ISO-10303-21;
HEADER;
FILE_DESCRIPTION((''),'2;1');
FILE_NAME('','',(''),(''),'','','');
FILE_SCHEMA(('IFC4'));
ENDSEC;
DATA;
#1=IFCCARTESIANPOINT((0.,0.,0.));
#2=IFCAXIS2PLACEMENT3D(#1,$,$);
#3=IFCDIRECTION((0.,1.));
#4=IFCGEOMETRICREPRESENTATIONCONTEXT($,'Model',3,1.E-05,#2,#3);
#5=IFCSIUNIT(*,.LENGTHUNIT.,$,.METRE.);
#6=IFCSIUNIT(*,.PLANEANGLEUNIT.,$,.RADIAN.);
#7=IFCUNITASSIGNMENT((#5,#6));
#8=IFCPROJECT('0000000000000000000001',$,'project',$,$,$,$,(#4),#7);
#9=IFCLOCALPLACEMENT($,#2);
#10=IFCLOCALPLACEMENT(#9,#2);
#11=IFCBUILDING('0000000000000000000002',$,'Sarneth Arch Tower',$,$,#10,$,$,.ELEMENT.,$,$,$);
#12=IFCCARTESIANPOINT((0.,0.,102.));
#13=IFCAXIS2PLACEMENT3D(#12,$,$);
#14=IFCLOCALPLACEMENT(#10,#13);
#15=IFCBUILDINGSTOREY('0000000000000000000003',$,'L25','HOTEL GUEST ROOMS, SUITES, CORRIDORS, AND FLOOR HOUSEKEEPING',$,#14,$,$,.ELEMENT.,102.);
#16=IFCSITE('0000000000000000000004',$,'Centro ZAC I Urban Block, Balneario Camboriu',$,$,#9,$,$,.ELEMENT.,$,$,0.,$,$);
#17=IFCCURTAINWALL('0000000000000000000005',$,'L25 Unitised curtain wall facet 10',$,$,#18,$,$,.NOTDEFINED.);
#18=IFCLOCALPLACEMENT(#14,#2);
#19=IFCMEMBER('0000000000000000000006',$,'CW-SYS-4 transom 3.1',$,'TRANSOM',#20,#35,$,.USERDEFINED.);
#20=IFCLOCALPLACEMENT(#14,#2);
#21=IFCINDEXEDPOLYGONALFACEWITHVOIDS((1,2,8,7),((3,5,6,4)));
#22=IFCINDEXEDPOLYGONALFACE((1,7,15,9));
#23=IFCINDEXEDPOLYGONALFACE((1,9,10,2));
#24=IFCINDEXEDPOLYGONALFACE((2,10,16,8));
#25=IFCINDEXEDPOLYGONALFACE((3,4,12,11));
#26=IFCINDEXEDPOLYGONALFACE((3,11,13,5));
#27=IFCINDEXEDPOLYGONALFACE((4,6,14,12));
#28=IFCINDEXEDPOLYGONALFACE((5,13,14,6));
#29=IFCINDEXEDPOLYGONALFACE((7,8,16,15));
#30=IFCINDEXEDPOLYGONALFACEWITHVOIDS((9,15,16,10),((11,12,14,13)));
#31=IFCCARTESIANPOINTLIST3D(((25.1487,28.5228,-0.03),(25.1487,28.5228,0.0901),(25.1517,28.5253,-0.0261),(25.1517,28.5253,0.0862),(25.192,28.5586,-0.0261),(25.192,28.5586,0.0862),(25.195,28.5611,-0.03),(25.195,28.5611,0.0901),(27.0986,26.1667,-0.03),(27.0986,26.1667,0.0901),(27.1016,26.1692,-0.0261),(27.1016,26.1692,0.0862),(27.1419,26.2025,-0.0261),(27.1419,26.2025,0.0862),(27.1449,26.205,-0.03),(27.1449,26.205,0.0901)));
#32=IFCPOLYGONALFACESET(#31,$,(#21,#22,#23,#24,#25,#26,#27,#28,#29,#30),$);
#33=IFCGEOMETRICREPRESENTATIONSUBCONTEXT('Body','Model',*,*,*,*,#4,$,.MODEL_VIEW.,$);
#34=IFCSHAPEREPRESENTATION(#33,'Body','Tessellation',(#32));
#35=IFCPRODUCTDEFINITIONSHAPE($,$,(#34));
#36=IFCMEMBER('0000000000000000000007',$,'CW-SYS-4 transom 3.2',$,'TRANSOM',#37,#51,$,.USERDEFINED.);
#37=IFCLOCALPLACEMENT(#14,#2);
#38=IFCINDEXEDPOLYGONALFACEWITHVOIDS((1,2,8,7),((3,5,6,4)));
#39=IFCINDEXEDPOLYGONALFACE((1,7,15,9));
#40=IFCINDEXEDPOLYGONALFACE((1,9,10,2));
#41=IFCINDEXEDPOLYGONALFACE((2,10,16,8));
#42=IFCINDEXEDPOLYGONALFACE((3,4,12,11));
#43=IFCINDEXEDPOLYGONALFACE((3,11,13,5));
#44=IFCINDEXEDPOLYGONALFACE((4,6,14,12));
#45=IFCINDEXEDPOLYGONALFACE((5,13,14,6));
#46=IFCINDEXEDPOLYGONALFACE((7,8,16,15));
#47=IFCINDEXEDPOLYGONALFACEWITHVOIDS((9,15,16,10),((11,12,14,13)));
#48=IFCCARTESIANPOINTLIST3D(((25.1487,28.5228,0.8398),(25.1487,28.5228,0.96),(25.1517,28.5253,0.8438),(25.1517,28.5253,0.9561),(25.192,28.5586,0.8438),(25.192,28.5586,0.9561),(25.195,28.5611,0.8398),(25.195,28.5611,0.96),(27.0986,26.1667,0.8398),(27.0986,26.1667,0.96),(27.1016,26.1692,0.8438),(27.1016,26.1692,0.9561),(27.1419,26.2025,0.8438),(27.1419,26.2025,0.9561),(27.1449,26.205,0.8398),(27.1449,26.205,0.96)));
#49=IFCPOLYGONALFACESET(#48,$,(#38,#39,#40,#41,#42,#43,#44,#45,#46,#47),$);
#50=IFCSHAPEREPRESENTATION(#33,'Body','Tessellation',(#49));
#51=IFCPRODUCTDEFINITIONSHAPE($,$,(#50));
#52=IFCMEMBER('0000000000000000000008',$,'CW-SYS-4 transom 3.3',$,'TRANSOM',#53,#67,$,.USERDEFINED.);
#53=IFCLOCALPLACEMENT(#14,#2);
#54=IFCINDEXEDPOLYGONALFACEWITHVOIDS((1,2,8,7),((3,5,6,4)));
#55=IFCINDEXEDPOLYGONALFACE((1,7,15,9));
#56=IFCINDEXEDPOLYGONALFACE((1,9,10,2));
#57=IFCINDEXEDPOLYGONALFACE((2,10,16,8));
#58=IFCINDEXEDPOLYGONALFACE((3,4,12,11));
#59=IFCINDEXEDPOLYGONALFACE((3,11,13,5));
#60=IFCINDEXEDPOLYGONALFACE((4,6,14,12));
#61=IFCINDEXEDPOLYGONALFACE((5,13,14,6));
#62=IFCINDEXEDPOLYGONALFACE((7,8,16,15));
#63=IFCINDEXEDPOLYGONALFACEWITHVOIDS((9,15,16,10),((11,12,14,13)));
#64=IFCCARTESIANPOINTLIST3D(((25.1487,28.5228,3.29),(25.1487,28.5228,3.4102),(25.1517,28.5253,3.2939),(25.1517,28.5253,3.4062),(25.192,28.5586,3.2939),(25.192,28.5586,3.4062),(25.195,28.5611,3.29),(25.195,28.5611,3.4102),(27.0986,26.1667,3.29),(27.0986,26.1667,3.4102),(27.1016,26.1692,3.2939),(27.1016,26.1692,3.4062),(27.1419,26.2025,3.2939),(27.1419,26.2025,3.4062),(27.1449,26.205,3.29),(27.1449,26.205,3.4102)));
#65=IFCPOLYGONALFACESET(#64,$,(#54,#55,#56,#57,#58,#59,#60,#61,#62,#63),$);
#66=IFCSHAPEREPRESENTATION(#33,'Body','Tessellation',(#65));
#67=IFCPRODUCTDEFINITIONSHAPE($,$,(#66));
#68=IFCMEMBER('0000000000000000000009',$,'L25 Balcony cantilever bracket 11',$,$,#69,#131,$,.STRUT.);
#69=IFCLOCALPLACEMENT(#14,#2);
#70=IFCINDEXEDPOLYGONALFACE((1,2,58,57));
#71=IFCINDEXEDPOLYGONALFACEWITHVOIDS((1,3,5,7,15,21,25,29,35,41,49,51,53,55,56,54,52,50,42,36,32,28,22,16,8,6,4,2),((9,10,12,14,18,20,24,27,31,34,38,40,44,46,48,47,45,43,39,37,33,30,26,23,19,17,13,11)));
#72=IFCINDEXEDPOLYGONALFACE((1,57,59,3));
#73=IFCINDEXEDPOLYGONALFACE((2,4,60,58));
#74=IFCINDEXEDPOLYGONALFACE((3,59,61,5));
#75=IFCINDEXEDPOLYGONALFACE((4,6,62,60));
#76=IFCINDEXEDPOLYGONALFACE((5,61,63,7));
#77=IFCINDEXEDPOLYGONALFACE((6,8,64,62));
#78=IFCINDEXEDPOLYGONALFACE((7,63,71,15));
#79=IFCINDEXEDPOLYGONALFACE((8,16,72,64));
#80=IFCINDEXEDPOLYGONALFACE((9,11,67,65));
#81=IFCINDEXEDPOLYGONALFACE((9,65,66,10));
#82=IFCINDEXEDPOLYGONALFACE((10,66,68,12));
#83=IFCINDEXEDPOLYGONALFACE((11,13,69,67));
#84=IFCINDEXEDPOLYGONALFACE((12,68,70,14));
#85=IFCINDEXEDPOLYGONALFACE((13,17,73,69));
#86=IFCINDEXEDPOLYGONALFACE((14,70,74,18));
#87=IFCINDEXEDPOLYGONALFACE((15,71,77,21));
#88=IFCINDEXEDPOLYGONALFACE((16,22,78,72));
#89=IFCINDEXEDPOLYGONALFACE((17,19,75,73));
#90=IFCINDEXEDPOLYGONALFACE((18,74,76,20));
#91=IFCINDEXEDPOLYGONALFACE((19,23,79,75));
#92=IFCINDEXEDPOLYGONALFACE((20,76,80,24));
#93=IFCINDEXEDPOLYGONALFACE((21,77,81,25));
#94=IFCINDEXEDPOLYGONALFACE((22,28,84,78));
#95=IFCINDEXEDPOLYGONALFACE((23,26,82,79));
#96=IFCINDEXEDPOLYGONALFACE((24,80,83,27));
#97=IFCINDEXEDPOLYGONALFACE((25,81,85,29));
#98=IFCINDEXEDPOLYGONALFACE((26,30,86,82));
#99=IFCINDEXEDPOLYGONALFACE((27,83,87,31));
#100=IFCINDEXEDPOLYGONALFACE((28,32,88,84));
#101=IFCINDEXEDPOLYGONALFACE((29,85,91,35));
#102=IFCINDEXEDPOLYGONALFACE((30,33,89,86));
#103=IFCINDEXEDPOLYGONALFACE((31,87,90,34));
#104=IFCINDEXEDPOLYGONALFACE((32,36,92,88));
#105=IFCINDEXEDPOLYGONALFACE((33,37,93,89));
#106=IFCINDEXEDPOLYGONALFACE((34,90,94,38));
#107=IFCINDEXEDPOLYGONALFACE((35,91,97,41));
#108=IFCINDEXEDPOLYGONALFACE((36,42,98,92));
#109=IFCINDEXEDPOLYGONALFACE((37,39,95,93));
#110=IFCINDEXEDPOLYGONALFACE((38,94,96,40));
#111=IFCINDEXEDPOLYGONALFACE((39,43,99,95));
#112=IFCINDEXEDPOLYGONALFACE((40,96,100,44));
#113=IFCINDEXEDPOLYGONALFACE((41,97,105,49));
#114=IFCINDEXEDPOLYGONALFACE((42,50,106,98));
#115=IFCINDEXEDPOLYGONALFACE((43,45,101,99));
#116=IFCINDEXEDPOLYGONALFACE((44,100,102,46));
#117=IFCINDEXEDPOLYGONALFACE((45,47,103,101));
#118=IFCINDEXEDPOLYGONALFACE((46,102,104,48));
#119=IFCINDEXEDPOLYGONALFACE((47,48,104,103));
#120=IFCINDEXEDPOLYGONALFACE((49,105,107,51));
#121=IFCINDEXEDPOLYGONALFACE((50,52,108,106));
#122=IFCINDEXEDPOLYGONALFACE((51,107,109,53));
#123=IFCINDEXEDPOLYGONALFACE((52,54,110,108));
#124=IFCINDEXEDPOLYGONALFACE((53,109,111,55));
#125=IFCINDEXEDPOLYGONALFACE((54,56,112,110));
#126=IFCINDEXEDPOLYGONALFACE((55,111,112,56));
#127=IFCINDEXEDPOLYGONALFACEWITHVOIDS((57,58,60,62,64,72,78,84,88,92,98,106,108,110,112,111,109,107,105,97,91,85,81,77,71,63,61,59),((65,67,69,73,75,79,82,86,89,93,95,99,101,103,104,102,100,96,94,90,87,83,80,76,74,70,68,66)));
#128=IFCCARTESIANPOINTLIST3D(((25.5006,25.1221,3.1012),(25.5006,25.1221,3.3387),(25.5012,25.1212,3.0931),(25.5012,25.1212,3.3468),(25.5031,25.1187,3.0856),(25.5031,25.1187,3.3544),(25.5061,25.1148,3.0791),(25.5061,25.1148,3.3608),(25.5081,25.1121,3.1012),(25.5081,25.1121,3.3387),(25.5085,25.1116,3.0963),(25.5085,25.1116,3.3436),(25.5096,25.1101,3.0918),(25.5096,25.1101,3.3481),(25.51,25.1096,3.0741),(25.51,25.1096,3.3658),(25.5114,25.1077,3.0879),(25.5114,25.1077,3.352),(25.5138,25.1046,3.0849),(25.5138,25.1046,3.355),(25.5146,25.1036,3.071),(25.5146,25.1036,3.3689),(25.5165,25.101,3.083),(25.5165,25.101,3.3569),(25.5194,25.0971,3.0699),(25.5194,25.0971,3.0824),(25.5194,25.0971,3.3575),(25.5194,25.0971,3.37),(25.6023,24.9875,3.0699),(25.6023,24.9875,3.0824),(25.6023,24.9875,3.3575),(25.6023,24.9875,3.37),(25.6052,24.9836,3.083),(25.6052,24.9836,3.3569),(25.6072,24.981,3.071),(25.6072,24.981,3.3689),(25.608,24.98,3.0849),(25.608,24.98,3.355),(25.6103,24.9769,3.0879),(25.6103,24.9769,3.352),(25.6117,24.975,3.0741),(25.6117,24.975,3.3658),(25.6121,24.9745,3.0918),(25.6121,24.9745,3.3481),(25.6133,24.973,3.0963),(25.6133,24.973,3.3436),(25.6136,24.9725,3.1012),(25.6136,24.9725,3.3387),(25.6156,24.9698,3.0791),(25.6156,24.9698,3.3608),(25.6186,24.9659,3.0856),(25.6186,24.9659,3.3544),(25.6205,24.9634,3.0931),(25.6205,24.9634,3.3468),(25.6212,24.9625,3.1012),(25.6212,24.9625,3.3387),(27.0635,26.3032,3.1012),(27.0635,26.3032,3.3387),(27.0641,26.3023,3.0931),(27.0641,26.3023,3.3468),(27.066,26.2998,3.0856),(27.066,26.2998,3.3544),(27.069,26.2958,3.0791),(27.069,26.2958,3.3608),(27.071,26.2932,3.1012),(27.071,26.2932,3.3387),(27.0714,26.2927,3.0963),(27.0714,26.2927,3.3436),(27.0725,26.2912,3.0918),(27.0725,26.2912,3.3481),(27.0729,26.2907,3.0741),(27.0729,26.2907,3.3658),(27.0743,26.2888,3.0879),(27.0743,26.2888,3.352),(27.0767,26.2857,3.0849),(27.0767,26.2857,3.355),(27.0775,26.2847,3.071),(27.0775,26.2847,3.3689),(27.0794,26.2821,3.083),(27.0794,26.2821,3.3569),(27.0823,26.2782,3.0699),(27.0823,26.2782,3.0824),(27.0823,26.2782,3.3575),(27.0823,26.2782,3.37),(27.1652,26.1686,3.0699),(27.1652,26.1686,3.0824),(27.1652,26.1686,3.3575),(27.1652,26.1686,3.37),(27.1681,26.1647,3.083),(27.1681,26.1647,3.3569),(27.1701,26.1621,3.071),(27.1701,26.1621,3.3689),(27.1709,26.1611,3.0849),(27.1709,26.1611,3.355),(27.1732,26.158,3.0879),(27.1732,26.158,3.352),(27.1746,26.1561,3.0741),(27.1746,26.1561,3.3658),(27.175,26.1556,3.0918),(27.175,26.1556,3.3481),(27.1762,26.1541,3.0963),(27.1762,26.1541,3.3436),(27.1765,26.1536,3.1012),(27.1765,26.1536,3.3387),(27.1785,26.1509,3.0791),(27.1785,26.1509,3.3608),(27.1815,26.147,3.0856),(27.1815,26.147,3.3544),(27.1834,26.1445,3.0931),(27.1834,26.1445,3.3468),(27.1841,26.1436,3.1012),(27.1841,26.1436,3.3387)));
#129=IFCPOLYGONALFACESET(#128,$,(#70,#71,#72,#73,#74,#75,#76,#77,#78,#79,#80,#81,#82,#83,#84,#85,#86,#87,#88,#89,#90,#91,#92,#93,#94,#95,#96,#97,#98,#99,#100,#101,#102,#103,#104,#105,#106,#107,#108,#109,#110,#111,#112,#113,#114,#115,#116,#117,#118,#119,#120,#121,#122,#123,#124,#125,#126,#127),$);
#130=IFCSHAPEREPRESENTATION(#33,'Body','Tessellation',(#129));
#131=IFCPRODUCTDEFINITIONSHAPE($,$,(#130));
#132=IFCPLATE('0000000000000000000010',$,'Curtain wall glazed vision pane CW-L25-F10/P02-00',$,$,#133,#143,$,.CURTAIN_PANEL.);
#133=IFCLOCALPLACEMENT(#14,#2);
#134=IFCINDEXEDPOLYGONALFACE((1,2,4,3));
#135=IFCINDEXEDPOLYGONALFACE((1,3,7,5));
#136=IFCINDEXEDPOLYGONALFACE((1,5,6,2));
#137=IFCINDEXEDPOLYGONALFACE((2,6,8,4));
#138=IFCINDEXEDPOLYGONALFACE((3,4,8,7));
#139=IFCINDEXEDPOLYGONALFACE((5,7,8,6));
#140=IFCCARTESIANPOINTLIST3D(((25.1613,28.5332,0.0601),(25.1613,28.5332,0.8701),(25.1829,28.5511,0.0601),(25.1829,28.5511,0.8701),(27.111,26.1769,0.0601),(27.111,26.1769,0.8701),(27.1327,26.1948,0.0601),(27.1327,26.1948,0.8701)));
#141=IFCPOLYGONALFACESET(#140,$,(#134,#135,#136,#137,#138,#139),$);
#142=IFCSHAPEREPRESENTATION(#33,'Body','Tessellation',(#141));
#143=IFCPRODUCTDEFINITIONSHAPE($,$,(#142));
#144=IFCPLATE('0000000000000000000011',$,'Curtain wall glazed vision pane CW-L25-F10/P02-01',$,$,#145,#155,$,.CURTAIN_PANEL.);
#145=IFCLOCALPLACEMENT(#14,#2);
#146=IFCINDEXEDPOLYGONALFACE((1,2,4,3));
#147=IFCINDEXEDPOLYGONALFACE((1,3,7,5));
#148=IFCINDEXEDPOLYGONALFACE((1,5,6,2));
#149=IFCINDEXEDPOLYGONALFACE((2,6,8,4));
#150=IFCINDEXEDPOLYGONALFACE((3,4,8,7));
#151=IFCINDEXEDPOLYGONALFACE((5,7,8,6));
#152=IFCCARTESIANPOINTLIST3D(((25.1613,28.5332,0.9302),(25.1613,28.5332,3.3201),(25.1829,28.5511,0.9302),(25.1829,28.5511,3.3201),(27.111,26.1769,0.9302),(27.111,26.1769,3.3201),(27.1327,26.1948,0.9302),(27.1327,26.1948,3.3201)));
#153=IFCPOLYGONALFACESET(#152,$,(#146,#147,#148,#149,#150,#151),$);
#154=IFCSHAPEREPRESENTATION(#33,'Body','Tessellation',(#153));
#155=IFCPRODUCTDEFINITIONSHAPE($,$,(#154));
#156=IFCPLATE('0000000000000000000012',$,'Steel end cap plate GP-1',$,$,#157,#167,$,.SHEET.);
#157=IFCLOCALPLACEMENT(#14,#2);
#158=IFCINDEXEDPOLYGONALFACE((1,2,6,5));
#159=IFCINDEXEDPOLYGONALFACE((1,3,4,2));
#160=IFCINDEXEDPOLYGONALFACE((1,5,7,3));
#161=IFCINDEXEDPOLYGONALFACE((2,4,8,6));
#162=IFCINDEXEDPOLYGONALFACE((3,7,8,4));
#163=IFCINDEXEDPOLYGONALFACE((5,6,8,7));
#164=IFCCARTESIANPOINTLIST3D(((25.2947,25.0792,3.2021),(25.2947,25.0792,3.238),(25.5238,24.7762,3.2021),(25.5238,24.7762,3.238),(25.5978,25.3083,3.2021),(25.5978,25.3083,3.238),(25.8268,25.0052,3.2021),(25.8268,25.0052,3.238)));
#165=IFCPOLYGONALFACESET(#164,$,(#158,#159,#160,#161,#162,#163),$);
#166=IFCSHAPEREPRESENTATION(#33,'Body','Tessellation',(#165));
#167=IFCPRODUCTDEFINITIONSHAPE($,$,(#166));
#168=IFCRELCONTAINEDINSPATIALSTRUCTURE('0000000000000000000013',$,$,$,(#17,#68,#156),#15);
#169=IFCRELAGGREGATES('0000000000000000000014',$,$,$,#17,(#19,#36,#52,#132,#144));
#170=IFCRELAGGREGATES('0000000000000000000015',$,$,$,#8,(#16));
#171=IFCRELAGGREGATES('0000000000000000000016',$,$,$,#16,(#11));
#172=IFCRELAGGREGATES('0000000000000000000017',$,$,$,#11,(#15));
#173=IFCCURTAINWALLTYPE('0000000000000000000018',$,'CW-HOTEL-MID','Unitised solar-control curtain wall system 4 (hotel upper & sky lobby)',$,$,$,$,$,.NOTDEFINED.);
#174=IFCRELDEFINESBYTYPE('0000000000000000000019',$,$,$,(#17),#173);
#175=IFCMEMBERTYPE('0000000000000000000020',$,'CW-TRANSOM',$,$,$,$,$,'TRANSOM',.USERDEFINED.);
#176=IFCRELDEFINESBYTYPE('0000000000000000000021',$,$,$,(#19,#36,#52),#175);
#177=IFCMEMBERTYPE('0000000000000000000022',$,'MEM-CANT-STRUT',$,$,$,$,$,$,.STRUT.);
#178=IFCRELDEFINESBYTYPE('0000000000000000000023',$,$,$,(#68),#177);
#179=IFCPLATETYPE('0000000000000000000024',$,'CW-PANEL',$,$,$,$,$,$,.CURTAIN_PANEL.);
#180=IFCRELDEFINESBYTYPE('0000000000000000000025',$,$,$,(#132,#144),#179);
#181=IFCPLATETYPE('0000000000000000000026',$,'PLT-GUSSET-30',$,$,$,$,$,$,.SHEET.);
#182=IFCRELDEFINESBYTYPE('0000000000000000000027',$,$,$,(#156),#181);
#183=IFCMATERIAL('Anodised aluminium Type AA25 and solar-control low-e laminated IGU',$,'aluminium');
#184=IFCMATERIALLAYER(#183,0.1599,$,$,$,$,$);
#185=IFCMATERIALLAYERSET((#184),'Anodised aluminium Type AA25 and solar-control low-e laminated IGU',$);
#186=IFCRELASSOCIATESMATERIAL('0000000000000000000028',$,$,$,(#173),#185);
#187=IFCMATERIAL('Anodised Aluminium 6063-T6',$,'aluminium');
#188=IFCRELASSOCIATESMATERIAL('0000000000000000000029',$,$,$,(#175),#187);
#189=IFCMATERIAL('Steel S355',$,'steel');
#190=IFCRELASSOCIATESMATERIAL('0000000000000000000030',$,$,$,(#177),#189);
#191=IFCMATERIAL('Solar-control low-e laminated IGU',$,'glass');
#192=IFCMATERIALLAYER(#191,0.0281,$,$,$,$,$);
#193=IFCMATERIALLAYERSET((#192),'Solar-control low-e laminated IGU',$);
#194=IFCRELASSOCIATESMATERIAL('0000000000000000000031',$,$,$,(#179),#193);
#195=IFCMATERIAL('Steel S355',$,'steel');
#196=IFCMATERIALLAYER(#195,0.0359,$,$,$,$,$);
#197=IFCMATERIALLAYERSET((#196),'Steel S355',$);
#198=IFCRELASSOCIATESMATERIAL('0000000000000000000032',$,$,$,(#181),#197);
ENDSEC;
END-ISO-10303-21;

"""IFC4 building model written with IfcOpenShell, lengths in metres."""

from ifc_helpers import new_model, si_unit, direction, frame, origin, origin_2d, place, context, subcontext, project, spatial, rectangle, hollow_rectangle, extrude, material, layer, layer_set, material_profile, profile_set, type_object, element, aggregate, save


model = new_model("IFC4")

# Units and contexts
model_context = context("Model", 3, precision=1e-05, world=origin(), true_north=direction((0.0, 1.0)))
body_context = subcontext(model_context, "Body", "Model", "MODEL_VIEW")
ifc_project = project(units=[si_unit("LENGTHUNIT", "METRE"), si_unit("PLANEANGLEUNIT", "RADIAN")], contexts=[model_context])

# Site, building, storey
site_placement = place(None, origin())
site = spatial("IfcSite", under=ifc_project, at=site_placement, Name="Centro ZAC I Urban Block, Balneario Camboriu", CompositionType="ELEMENT", RefElevation=0.0)
building_placement = place(site_placement, origin())
building = spatial("IfcBuilding", under=site, at=building_placement, Name="Sarneth Arch Tower", CompositionType="ELEMENT")
storey_placement = place(building_placement, frame((0.0, 0.0, 102.0)))
storey = spatial("IfcBuildingStorey", under=building, at=storey_placement, Name="L25", Description="HOTEL GUEST ROOMS, SUITES, CORRIDORS, AND FLOOR HOUSEKEEPING", CompositionType="ELEMENT", Elevation=102.0)

# Curtain wall, members
ifc_material_1 = material(Name="Anodised aluminium Type AA25 and solar-control low-e laminated IGU", Category="aluminium")
ifc_layer_1 = layer(ifc_material_1, 0.1599)
ifc_layer_set_1 = layer_set([ifc_layer_1], Name="Anodised aluminium Type AA25 and solar-control low-e laminated IGU")
curtain_wall_type = type_object("IfcCurtainWallType", Name="CW-HOTEL-MID", Description="Unitised solar-control curtain wall system 4 (hotel upper & sky lobby)", PredefinedType="NOTDEFINED", material=ifc_layer_set_1)
curtain_wall_placement = place(storey_placement, origin())
curtain_wall = element("IfcCurtainWall", 1, at=curtain_wall_placement, inside=storey, type_object=curtain_wall_type, Name="L25 Unitised curtain wall facet 10", PredefinedType="NOTDEFINED")
ifc_material_2 = material(Name="Anodised Aluminium 6063-T6", Category="aluminium")
ifc_material_profile_1 = material_profile(ifc_material_2, hollow_rectangle(XDim=0.0601, YDim=0.1201, WallThickness=0.0039, at=origin_2d()), Name="AL-TRAN-120x60x4")
ifc_profile_set_1 = profile_set([ifc_material_profile_1], Name="Anodised Aluminium 6063-T6")
member_type_1 = type_object("IfcMemberType", Name="CW-TRANSOM", ElementType="TRANSOM", PredefinedType="USERDEFINED", material=ifc_profile_set_1)
member_1_placement = place(storey_placement, frame((25.1719, 28.542, 0.03), z_axis=(0.637566, -0.770396, 0.0), x_axis=(0.770396, 0.637566, 0.0)))
member_1 = element("IfcMember", 2, at=member_1_placement, type_object=member_type_1, Name="CW-SYS-4 transom 3.1", ObjectType="TRANSOM", PredefinedType="USERDEFINED", context=body_context, shape_type="SweptSolid", body=[
    extrude(hollow_rectangle(XDim=0.0601, YDim=0.1201, WallThickness=0.0039, at=origin_2d()), origin(), (0.0, 0.0, 1.0), 3.0583),
])
member_2_placement = place(storey_placement, frame((25.1719, 28.542, 0.8999), z_axis=(0.637566, -0.770396, 0.0), x_axis=(0.770396, 0.637566, 0.0)))
member_2 = element("IfcMember", 3, at=member_2_placement, type_object=member_type_1, Name="CW-SYS-4 transom 3.2", ObjectType="TRANSOM", PredefinedType="USERDEFINED", context=body_context, shape_type="SweptSolid", body=[
    extrude(hollow_rectangle(XDim=0.0601, YDim=0.1201, WallThickness=0.0039, at=origin_2d()), origin(), (0.0, 0.0, 1.0), 3.0583),
])
member_3_placement = place(storey_placement, frame((25.1719, 28.542, 3.3501), z_axis=(0.637566, -0.770396, 0.0), x_axis=(0.770396, 0.637566, 0.0)))
member_3 = element("IfcMember", 4, at=member_3_placement, type_object=member_type_1, Name="CW-SYS-4 transom 3.3", ObjectType="TRANSOM", PredefinedType="USERDEFINED", context=body_context, shape_type="SweptSolid", body=[
    extrude(hollow_rectangle(XDim=0.0601, YDim=0.1201, WallThickness=0.0039, at=origin_2d()), origin(), (0.0, 0.0, 1.0), 3.0583),
])

# Member
ifc_material_3 = material(Name="Steel S355", Category="steel")
ifc_material_profile_2 = material_profile(ifc_material_3, hollow_rectangle(XDim=0.2, YDim=0.3, WallThickness=0.0125, InnerFilletRadius=0.0188, OuterFilletRadius=0.0312, at=origin_2d()), Name="RHS300x200x12.5")
ifc_profile_set_2 = profile_set([ifc_material_profile_2], Name="Steel S355")
member_type_2 = type_object("IfcMemberType", Name="MEM-CANT-STRUT", PredefinedType="STRUT", material=ifc_profile_set_2)
member_4_placement = place(storey_placement, frame((27.1238, 26.2234, 3.22), z_axis=(-0.797811, -0.602907, 0.0), x_axis=(0.602907, -0.797811, 0.0)))
element("IfcMember", 5, at=member_4_placement, inside=storey, type_object=member_type_2, Name="L25 Balcony cantilever bracket 11", PredefinedType="STRUT", context=body_context, shape_type="SweptSolid", body=[
    extrude(hollow_rectangle(XDim=0.2, YDim=0.3, WallThickness=0.0125, InnerFilletRadius=0.0188, OuterFilletRadius=0.0312, at=origin_2d()), origin(), (0.0, 0.0, 1.0), 1.959),
])

# Plates
ifc_material_4 = material(Name="Solar-control low-e laminated IGU", Category="glass")
ifc_layer_2 = layer(ifc_material_4, 0.0281)
ifc_layer_set_2 = layer_set([ifc_layer_2], Name="Solar-control low-e laminated IGU")
plate_type_1 = type_object("IfcPlateType", Name="CW-PANEL", PredefinedType="CURTAIN_PANEL", material=ifc_layer_set_2)
plate_1_placement = place(storey_placement, frame((26.147, 27.364, 0.0601), z_axis=(0.0, 0.0, 1.0), x_axis=(0.637515, -0.770438, 0.0)))
plate_1 = element("IfcPlate", 6, at=plate_1_placement, type_object=plate_type_1, Name="Curtain wall glazed vision pane CW-L25-F10/P02-00", PredefinedType="CURTAIN_PANEL", context=body_context, shape_type="SweptSolid", body=[
    extrude(rectangle(XDim=3.0583, YDim=0.0281, at=origin_2d()), origin(), (0.0, 0.0, 1.0), 0.8101),
])
plate_2_placement = place(storey_placement, frame((26.147, 27.364, 0.9302), z_axis=(0.0, 0.0, 1.0), x_axis=(0.637515, -0.770438, 0.0)))
plate_2 = element("IfcPlate", 7, at=plate_2_placement, type_object=plate_type_1, Name="Curtain wall glazed vision pane CW-L25-F10/P02-01", PredefinedType="CURTAIN_PANEL", context=body_context, shape_type="SweptSolid", body=[
    extrude(rectangle(XDim=3.0583, YDim=0.0281, at=origin_2d()), origin(), (0.0, 0.0, 1.0), 2.3899),
])
aggregate(curtain_wall, [member_1, member_2, member_3, plate_1, plate_2])
ifc_material_5 = material(Name="Steel S355", Category="steel")
ifc_layer_3 = layer(ifc_material_5, 0.0359)
ifc_layer_set_3 = layer_set([ifc_layer_3], Name="Steel S355")
plate_type_2 = type_object("IfcPlateType", Name="PLT-GUSSET-30", PredefinedType="SHEET", material=ifc_layer_set_3)
plate_3_placement = place(storey_placement, frame((25.5608, 25.0422, 3.2021), z_axis=(0.0, 0.0, 1.0), x_axis=(-0.797794, -0.60293, 0.0)))
element("IfcPlate", 8, at=plate_3_placement, inside=storey, type_object=plate_type_2, Name="Steel end cap plate GP-1", PredefinedType="SHEET", context=body_context, shape_type="SweptSolid", body=[
    extrude(rectangle(XDim=0.3799, YDim=0.3799, at=origin_2d()), origin(), (0.0, 0.0, 1.0), 0.0359),
])

save(model, "model.ifc")
